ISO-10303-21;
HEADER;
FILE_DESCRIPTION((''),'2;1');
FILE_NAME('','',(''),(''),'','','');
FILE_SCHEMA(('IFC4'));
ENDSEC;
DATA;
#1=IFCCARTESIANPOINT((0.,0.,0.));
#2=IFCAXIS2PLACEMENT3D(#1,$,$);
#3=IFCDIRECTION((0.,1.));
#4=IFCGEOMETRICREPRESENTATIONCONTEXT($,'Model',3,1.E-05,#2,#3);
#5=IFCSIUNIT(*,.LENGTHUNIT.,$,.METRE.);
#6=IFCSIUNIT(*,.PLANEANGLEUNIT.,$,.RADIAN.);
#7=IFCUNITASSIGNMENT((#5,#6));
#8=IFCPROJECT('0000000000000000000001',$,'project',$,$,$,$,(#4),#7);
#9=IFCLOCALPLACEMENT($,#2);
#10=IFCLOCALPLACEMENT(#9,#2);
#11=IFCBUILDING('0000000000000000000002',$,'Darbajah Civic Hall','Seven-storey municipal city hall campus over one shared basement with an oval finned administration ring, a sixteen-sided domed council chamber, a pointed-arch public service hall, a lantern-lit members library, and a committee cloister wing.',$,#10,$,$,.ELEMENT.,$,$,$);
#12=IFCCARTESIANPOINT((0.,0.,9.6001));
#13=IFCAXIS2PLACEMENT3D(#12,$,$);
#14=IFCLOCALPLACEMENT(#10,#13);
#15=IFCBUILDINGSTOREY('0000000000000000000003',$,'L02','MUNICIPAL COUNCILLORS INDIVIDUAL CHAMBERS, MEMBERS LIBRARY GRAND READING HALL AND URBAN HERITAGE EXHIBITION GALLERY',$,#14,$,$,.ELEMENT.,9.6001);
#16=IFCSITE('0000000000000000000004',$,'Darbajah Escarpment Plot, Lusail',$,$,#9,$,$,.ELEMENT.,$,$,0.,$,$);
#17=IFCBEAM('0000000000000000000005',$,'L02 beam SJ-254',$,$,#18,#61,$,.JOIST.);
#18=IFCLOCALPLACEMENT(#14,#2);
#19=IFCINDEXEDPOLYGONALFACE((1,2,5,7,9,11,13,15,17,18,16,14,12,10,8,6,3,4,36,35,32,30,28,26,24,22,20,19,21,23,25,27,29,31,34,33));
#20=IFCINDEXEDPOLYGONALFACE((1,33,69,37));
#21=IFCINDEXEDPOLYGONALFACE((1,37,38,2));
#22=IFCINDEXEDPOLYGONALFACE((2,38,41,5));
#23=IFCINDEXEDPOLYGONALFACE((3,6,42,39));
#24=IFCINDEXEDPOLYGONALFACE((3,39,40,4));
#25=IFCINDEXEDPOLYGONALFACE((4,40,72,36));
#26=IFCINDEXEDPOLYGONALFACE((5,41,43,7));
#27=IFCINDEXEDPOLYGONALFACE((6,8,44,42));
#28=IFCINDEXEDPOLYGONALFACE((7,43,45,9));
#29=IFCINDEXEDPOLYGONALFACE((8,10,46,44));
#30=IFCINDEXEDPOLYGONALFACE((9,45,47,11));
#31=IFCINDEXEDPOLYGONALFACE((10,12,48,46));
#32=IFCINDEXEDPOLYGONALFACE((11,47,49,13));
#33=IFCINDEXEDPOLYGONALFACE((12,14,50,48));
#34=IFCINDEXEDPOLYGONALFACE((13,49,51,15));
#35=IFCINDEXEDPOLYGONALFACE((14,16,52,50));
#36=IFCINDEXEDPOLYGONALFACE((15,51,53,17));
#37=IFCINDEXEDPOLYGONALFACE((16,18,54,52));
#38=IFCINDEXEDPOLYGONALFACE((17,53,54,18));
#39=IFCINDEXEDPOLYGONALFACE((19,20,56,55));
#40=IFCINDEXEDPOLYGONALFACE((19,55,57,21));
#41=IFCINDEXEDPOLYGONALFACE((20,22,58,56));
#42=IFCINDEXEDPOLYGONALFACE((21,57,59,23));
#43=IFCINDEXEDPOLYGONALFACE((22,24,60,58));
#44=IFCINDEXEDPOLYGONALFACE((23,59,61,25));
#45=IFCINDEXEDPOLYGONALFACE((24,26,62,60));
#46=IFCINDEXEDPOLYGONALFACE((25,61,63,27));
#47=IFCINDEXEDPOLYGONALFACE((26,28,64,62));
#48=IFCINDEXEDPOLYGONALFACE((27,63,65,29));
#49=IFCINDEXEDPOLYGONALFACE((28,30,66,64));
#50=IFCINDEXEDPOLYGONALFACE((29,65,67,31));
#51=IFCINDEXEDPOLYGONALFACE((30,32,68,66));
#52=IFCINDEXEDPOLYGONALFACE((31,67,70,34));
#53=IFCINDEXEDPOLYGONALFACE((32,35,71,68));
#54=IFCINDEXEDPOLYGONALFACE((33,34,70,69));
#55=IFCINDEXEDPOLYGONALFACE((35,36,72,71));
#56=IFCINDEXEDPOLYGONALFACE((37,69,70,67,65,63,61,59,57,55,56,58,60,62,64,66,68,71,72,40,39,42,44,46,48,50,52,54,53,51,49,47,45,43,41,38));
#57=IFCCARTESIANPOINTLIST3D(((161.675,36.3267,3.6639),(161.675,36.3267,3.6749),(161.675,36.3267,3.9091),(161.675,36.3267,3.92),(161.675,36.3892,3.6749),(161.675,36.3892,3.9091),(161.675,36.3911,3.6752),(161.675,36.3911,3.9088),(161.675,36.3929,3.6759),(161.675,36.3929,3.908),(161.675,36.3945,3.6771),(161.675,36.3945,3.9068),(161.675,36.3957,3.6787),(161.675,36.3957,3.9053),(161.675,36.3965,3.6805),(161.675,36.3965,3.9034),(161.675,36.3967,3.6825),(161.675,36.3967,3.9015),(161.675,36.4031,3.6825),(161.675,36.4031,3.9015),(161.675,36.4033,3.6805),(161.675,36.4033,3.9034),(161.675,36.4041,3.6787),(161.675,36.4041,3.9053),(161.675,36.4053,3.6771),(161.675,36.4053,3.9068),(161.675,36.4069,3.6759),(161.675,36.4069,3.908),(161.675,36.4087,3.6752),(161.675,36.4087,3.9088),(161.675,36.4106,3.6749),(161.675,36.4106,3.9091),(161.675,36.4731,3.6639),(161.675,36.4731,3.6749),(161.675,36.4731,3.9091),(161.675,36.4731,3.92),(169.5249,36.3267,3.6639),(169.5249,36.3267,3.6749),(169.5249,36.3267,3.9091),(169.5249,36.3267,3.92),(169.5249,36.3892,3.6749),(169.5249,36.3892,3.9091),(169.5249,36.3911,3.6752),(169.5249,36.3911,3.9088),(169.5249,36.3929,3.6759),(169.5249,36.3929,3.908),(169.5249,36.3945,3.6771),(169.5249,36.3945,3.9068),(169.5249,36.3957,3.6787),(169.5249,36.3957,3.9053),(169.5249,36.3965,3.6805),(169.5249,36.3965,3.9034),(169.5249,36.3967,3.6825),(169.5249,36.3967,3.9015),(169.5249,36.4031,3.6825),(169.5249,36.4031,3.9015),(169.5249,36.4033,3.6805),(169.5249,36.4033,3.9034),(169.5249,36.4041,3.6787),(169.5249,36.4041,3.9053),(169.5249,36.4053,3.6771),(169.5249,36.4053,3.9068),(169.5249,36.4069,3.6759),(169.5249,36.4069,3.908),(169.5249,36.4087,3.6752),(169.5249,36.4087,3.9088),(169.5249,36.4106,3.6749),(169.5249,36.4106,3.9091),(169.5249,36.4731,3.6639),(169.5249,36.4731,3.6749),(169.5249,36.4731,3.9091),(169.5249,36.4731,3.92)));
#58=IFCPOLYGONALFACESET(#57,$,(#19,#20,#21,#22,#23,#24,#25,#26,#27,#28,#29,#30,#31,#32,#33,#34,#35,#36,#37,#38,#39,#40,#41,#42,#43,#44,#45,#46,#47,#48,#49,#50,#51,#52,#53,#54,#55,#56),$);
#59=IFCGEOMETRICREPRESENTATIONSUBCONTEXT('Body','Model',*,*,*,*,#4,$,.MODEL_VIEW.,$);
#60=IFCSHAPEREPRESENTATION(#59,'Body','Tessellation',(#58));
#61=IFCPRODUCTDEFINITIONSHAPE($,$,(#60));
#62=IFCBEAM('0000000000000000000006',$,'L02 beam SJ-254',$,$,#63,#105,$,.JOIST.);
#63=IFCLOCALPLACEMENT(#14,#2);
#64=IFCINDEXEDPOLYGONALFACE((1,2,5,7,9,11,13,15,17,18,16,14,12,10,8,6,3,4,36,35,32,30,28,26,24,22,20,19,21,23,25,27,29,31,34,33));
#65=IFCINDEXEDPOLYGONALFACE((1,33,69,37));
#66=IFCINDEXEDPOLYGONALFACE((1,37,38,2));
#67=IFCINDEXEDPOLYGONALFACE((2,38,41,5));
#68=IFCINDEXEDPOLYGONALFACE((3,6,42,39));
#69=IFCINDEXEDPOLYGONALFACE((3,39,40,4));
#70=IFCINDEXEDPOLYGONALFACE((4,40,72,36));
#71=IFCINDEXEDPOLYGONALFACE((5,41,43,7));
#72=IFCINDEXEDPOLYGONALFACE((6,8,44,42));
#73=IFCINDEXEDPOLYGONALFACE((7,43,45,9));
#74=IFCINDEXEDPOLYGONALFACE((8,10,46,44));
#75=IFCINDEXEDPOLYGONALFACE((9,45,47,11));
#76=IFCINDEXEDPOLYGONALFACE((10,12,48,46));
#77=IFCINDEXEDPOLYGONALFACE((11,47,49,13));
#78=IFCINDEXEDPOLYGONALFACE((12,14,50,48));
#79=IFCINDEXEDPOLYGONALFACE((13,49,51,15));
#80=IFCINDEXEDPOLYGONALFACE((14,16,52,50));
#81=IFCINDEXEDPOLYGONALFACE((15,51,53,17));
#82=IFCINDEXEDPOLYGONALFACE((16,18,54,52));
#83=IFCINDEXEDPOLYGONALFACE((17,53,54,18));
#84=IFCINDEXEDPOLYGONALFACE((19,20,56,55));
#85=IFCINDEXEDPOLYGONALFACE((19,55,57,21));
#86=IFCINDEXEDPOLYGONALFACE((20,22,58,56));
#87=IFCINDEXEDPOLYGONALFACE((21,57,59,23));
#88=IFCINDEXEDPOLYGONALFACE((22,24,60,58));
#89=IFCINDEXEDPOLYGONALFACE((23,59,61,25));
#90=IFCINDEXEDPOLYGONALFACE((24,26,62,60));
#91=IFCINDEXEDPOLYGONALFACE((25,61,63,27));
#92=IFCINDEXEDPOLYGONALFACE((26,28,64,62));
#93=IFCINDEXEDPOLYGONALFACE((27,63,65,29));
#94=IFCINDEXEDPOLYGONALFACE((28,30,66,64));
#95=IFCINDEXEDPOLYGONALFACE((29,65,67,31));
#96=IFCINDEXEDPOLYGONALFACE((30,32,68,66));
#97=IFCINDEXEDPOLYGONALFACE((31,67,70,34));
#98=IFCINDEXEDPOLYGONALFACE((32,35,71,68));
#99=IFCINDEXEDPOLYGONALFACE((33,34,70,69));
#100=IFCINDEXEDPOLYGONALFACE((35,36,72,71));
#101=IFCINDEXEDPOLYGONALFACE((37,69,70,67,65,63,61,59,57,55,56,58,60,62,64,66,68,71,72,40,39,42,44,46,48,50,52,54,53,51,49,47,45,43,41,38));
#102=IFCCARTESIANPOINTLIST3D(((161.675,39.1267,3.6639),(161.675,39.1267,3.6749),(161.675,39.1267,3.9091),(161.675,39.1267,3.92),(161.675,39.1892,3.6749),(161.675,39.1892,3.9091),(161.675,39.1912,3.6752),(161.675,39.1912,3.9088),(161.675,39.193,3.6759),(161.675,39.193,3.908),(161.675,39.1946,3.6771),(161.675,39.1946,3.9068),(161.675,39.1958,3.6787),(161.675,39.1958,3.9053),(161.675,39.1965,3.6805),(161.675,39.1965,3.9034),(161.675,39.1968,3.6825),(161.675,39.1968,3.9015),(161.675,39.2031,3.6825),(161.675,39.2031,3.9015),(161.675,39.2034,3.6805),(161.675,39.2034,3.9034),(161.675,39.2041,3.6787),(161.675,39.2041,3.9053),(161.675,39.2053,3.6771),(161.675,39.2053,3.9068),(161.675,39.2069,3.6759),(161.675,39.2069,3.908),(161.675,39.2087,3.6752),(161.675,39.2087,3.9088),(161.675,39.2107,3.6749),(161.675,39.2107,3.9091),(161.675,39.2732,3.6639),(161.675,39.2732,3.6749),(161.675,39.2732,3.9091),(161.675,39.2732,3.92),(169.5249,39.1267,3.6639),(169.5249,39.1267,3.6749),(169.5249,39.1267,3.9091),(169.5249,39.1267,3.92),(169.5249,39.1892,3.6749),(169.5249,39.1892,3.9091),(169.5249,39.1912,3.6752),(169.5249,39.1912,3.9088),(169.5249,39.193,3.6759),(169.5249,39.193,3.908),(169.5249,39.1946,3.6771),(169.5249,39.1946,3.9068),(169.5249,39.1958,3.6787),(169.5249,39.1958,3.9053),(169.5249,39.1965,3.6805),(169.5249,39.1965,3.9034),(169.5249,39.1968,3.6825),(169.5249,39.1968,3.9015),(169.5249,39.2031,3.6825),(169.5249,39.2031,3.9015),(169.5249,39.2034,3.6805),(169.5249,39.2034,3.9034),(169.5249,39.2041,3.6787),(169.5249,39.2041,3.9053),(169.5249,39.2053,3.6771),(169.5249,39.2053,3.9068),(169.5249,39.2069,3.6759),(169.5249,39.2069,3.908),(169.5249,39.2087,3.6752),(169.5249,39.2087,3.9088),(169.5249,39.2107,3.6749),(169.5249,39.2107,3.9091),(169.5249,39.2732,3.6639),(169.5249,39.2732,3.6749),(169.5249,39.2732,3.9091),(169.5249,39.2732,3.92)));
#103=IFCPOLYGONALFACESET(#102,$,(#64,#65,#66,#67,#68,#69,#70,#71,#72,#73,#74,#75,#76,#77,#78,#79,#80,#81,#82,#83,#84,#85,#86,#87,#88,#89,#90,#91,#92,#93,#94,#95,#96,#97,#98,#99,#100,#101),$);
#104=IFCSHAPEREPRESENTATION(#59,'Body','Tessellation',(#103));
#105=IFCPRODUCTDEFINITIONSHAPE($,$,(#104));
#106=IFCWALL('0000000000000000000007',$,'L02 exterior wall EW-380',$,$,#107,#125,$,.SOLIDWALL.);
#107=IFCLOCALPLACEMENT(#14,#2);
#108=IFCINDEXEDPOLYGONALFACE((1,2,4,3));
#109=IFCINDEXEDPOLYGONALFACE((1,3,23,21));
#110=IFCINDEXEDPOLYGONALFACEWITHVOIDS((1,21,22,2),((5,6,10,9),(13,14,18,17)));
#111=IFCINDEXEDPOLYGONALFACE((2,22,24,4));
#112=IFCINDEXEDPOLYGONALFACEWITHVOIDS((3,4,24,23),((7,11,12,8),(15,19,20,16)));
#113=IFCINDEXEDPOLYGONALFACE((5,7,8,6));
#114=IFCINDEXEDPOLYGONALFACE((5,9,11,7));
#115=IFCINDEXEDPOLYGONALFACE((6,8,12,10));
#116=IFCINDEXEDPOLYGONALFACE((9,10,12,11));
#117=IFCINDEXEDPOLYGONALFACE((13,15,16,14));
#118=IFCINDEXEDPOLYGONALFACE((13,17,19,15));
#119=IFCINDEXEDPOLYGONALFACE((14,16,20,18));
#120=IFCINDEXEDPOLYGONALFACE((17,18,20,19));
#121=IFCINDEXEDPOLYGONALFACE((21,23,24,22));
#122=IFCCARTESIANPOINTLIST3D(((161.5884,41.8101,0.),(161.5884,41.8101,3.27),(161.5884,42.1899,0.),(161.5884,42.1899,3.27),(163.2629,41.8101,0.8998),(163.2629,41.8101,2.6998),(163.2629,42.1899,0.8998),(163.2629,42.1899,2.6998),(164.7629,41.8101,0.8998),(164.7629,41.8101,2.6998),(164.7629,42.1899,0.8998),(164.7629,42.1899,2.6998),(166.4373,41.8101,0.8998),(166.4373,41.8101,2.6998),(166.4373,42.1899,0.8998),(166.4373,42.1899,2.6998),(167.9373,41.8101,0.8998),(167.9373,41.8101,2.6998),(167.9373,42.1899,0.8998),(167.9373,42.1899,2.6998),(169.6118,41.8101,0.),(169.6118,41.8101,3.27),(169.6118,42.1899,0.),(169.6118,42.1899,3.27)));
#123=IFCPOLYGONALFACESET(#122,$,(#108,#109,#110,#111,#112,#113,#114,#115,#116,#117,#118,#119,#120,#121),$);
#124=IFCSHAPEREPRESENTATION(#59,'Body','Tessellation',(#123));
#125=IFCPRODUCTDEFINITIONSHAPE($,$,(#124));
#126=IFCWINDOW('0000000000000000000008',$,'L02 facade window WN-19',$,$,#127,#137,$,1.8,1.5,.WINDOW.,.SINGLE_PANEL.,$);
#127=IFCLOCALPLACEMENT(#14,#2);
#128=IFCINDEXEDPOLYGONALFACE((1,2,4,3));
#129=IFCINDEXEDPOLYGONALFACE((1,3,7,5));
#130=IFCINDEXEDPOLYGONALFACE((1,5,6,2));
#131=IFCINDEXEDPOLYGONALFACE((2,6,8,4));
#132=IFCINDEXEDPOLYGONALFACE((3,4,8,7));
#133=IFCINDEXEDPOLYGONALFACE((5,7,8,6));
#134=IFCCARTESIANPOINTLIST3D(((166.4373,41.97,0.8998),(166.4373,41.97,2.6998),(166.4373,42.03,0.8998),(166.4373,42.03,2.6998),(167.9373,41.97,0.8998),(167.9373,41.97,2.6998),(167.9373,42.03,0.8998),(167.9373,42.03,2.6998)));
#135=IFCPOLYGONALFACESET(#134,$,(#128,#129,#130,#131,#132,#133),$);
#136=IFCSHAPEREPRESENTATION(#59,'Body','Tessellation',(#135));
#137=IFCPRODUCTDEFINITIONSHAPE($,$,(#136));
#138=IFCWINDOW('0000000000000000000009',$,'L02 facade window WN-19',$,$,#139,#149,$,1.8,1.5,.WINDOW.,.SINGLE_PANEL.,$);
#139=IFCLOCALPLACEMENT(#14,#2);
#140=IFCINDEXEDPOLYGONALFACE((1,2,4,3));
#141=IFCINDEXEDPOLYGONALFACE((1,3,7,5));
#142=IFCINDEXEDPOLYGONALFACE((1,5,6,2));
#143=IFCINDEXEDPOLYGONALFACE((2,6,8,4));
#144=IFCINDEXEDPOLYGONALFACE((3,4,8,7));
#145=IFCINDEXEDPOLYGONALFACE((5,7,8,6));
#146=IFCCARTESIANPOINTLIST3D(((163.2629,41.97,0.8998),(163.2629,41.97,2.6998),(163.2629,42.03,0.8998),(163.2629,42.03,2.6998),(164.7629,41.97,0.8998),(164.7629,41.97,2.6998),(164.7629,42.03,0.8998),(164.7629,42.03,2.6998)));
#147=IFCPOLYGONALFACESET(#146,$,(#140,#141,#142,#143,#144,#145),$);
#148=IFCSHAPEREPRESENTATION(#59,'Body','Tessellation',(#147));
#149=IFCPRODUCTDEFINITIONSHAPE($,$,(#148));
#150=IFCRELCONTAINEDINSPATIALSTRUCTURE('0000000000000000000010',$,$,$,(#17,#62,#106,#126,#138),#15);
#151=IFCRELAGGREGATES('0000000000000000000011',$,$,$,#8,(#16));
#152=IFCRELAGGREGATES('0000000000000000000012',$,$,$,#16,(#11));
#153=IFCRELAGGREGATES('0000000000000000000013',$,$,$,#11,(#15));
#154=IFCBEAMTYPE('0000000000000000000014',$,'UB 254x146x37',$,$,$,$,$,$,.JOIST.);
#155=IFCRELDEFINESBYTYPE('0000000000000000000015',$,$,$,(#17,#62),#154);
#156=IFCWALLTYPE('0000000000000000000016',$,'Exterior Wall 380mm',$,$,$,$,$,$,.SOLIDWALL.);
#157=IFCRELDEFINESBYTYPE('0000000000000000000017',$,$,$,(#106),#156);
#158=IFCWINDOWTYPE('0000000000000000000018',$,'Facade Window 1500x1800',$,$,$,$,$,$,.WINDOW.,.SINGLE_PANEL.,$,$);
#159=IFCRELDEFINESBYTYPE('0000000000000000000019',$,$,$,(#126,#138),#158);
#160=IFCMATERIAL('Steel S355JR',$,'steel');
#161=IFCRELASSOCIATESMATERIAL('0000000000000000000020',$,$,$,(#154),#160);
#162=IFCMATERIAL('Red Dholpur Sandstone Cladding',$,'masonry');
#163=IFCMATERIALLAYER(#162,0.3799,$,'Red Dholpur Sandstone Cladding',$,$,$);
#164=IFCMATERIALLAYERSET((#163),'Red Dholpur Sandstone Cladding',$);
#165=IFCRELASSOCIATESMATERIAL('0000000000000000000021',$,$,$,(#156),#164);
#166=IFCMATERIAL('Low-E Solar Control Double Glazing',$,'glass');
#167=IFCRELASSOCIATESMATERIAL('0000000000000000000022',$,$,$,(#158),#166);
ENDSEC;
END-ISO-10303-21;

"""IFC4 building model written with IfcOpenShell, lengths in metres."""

from ifc_helpers import new_model, si_unit, direction, frame, frame_2d, origin, origin_2d, place, context, subcontext, project, spatial, rectangle, i_section, extrude, material, layer, layer_set, material_profile, profile_set, type_object, element, fill, save


model = new_model("IFC4")

# Units and contexts
model_context = context("Model", 3, precision=1e-05, world=origin(), true_north=direction((0.0, 1.0)))
body_context = subcontext(model_context, "Body", "Model", "MODEL_VIEW")
ifc_project = project(units=[si_unit("LENGTHUNIT", "METRE"), si_unit("PLANEANGLEUNIT", "RADIAN")], contexts=[model_context])

# Site, building, storey
site_placement = place(None, origin())
site = spatial("IfcSite", under=ifc_project, at=site_placement, Name="Darbajah Escarpment Plot, Lusail", CompositionType="ELEMENT", RefElevation=0.0)
building_placement = place(site_placement, origin())
building = spatial("IfcBuilding", under=site, at=building_placement, Name="Darbajah Civic Hall", Description="Seven-storey municipal city hall campus over one shared basement with an oval finned administration ring, a sixteen-sided domed council chamber, a pointed-arch public service hall, a lantern-lit members library, and a committee cloister wing.", CompositionType="ELEMENT")
storey_placement = place(building_placement, frame((0.0, 0.0, 9.6001)))
storey = spatial("IfcBuildingStorey", under=building, at=storey_placement, Name="L02", Description="MUNICIPAL COUNCILLORS INDIVIDUAL CHAMBERS, MEMBERS LIBRARY GRAND READING HALL AND URBAN HERITAGE EXHIBITION GALLERY", CompositionType="ELEMENT", Elevation=9.6001)

# Shared definitions
ifc_material_1 = material(Name="Steel S355JR", Category="steel")

# Beams
ifc_material_profile_1 = material_profile(ifc_material_1, i_section(OverallWidth=0.1465, OverallDepth=0.2561, WebThickness=0.0063, FlangeThickness=0.011, FilletRadius=0.0076, at=origin_2d()), Name="UB 254x146x37")
ifc_profile_set_1 = profile_set([ifc_material_profile_1], Name="Steel S355JR")
beam_type_1 = type_object("IfcBeamType", Name="UB 254x146x37", PredefinedType="JOIST", material=ifc_profile_set_1)
for number, where, z_axis, x_axis, name in (
    (1, (161.675, 36.3999, 3.792), (1.0, 0.0, 0.0), (0.0, 1.0, 0.0), "L02 beam SJ-254"),
    (2, (161.675, 39.2, 3.792), (1.0, 0.0, 0.0), (0.0, 1.0, 0.0), "L02 beam SJ-254"),
):
    element("IfcBeam", number, at=place(storey_placement, frame(where, z_axis=z_axis, x_axis=x_axis)), inside=storey, type_object=beam_type_1, Name=name, PredefinedType="JOIST", context=body_context, shape_type="SweptSolid", body=[
        extrude(i_section(OverallWidth=0.1465, OverallDepth=0.2561, WebThickness=0.0063, FlangeThickness=0.011, FilletRadius=0.0076, at=origin_2d()), origin(), (0.0, 0.0, 1.0), 7.8499),
    ])

# Wall, openings, windows
ifc_material_2 = material(Name="Red Dholpur Sandstone Cladding", Category="masonry")
ifc_layer = layer(ifc_material_2, 0.3799, Name="Red Dholpur Sandstone Cladding")
ifc_layer_set = layer_set([ifc_layer], Name="Red Dholpur Sandstone Cladding")
wall_type = type_object("IfcWallType", Name="Exterior Wall 380mm", PredefinedType="SOLIDWALL", material=ifc_layer_set)
wall_1_placement = place(storey_placement, frame((169.6118, 42.0, 0.0), z_axis=(0.0, 0.0, 1.0), x_axis=(-1.0, 0.0, 0.0)))
wall_1 = element("IfcWall", 3, at=wall_1_placement, inside=storey, type_object=wall_type, Name="L02 exterior wall EW-380", PredefinedType="SOLIDWALL", context=body_context, shape_type="SweptSolid", body=[
    extrude(rectangle(XDim=8.0234, YDim=0.3799, at=frame_2d((4.0117, 0.0))), origin(), (0.0, 0.0, 1.0), 3.27),
])
opening_1_placement = place(wall_1_placement, frame((1.6746, 0.0, 0.8999)))
opening_1 = element("IfcOpeningElement", 4, at=opening_1_placement, cuts=wall_1, PredefinedType="OPENING", context=body_context, shape_type="SweptSolid", body=[
    extrude(rectangle(XDim=1.5, YDim=1.8, at=frame_2d((0.75, 0.8999))), frame((0.0, 0.2, 0.0), z_axis=(0.0, -1.0, 0.0), x_axis=(1.0, 0.0, 0.0)), (0.0, 0.0, 1.0), 0.3999),
])
opening_2_placement = place(wall_1_placement, frame((4.8489, 0.0, 0.8999)))
opening_2 = element("IfcOpeningElement", 5, at=opening_2_placement, cuts=wall_1, PredefinedType="OPENING", context=body_context, shape_type="SweptSolid", body=[
    extrude(rectangle(XDim=1.5, YDim=1.8, at=frame_2d((0.75, 0.8999))), frame((0.0, 0.2, 0.0), z_axis=(0.0, -1.0, 0.0), x_axis=(1.0, 0.0, 0.0)), (0.0, 0.0, 1.0), 0.3999),
])
ifc_material_3 = material(Name="Low-E Solar Control Double Glazing", Category="glass")
window_type_1 = type_object("IfcWindowType", Name="Facade Window 1500x1800", PartitioningType="SINGLE_PANEL", PredefinedType="WINDOW", material=ifc_material_3)
window_1_placement = place(opening_1_placement, origin())
window_1 = element("IfcWindow", 6, at=window_1_placement, inside=storey, type_object=window_type_1, Name="L02 facade window WN-19", OverallHeight=1.8, OverallWidth=1.5, PartitioningType="SINGLE_PANEL", PredefinedType="WINDOW", context=body_context, shape_type="SweptSolid", body=[
    extrude(rectangle(XDim=1.5, YDim=1.8, at=frame_2d((0.75, 0.8999))), frame((0.0, 0.03, 0.0), z_axis=(0.0, -1.0, 0.0), x_axis=(1.0, 0.0, 0.0)), (0.0, 0.0, 1.0), 0.0601),
])
fill(opening_1, window_1)
window_2_placement = place(opening_2_placement, origin())
window_2 = element("IfcWindow", 7, at=window_2_placement, inside=storey, type_object=window_type_1, Name="L02 facade window WN-19", OverallHeight=1.8, OverallWidth=1.5, PartitioningType="SINGLE_PANEL", PredefinedType="WINDOW", context=body_context, shape_type="SweptSolid", body=[
    extrude(rectangle(XDim=1.5, YDim=1.8, at=frame_2d((0.75, 0.8999))), frame((0.0, 0.03, 0.0), z_axis=(0.0, -1.0, 0.0), x_axis=(1.0, 0.0, 0.0)), (0.0, 0.0, 1.0), 0.0601),
])
fill(opening_2, window_2)

save(model, "model.ifc")
